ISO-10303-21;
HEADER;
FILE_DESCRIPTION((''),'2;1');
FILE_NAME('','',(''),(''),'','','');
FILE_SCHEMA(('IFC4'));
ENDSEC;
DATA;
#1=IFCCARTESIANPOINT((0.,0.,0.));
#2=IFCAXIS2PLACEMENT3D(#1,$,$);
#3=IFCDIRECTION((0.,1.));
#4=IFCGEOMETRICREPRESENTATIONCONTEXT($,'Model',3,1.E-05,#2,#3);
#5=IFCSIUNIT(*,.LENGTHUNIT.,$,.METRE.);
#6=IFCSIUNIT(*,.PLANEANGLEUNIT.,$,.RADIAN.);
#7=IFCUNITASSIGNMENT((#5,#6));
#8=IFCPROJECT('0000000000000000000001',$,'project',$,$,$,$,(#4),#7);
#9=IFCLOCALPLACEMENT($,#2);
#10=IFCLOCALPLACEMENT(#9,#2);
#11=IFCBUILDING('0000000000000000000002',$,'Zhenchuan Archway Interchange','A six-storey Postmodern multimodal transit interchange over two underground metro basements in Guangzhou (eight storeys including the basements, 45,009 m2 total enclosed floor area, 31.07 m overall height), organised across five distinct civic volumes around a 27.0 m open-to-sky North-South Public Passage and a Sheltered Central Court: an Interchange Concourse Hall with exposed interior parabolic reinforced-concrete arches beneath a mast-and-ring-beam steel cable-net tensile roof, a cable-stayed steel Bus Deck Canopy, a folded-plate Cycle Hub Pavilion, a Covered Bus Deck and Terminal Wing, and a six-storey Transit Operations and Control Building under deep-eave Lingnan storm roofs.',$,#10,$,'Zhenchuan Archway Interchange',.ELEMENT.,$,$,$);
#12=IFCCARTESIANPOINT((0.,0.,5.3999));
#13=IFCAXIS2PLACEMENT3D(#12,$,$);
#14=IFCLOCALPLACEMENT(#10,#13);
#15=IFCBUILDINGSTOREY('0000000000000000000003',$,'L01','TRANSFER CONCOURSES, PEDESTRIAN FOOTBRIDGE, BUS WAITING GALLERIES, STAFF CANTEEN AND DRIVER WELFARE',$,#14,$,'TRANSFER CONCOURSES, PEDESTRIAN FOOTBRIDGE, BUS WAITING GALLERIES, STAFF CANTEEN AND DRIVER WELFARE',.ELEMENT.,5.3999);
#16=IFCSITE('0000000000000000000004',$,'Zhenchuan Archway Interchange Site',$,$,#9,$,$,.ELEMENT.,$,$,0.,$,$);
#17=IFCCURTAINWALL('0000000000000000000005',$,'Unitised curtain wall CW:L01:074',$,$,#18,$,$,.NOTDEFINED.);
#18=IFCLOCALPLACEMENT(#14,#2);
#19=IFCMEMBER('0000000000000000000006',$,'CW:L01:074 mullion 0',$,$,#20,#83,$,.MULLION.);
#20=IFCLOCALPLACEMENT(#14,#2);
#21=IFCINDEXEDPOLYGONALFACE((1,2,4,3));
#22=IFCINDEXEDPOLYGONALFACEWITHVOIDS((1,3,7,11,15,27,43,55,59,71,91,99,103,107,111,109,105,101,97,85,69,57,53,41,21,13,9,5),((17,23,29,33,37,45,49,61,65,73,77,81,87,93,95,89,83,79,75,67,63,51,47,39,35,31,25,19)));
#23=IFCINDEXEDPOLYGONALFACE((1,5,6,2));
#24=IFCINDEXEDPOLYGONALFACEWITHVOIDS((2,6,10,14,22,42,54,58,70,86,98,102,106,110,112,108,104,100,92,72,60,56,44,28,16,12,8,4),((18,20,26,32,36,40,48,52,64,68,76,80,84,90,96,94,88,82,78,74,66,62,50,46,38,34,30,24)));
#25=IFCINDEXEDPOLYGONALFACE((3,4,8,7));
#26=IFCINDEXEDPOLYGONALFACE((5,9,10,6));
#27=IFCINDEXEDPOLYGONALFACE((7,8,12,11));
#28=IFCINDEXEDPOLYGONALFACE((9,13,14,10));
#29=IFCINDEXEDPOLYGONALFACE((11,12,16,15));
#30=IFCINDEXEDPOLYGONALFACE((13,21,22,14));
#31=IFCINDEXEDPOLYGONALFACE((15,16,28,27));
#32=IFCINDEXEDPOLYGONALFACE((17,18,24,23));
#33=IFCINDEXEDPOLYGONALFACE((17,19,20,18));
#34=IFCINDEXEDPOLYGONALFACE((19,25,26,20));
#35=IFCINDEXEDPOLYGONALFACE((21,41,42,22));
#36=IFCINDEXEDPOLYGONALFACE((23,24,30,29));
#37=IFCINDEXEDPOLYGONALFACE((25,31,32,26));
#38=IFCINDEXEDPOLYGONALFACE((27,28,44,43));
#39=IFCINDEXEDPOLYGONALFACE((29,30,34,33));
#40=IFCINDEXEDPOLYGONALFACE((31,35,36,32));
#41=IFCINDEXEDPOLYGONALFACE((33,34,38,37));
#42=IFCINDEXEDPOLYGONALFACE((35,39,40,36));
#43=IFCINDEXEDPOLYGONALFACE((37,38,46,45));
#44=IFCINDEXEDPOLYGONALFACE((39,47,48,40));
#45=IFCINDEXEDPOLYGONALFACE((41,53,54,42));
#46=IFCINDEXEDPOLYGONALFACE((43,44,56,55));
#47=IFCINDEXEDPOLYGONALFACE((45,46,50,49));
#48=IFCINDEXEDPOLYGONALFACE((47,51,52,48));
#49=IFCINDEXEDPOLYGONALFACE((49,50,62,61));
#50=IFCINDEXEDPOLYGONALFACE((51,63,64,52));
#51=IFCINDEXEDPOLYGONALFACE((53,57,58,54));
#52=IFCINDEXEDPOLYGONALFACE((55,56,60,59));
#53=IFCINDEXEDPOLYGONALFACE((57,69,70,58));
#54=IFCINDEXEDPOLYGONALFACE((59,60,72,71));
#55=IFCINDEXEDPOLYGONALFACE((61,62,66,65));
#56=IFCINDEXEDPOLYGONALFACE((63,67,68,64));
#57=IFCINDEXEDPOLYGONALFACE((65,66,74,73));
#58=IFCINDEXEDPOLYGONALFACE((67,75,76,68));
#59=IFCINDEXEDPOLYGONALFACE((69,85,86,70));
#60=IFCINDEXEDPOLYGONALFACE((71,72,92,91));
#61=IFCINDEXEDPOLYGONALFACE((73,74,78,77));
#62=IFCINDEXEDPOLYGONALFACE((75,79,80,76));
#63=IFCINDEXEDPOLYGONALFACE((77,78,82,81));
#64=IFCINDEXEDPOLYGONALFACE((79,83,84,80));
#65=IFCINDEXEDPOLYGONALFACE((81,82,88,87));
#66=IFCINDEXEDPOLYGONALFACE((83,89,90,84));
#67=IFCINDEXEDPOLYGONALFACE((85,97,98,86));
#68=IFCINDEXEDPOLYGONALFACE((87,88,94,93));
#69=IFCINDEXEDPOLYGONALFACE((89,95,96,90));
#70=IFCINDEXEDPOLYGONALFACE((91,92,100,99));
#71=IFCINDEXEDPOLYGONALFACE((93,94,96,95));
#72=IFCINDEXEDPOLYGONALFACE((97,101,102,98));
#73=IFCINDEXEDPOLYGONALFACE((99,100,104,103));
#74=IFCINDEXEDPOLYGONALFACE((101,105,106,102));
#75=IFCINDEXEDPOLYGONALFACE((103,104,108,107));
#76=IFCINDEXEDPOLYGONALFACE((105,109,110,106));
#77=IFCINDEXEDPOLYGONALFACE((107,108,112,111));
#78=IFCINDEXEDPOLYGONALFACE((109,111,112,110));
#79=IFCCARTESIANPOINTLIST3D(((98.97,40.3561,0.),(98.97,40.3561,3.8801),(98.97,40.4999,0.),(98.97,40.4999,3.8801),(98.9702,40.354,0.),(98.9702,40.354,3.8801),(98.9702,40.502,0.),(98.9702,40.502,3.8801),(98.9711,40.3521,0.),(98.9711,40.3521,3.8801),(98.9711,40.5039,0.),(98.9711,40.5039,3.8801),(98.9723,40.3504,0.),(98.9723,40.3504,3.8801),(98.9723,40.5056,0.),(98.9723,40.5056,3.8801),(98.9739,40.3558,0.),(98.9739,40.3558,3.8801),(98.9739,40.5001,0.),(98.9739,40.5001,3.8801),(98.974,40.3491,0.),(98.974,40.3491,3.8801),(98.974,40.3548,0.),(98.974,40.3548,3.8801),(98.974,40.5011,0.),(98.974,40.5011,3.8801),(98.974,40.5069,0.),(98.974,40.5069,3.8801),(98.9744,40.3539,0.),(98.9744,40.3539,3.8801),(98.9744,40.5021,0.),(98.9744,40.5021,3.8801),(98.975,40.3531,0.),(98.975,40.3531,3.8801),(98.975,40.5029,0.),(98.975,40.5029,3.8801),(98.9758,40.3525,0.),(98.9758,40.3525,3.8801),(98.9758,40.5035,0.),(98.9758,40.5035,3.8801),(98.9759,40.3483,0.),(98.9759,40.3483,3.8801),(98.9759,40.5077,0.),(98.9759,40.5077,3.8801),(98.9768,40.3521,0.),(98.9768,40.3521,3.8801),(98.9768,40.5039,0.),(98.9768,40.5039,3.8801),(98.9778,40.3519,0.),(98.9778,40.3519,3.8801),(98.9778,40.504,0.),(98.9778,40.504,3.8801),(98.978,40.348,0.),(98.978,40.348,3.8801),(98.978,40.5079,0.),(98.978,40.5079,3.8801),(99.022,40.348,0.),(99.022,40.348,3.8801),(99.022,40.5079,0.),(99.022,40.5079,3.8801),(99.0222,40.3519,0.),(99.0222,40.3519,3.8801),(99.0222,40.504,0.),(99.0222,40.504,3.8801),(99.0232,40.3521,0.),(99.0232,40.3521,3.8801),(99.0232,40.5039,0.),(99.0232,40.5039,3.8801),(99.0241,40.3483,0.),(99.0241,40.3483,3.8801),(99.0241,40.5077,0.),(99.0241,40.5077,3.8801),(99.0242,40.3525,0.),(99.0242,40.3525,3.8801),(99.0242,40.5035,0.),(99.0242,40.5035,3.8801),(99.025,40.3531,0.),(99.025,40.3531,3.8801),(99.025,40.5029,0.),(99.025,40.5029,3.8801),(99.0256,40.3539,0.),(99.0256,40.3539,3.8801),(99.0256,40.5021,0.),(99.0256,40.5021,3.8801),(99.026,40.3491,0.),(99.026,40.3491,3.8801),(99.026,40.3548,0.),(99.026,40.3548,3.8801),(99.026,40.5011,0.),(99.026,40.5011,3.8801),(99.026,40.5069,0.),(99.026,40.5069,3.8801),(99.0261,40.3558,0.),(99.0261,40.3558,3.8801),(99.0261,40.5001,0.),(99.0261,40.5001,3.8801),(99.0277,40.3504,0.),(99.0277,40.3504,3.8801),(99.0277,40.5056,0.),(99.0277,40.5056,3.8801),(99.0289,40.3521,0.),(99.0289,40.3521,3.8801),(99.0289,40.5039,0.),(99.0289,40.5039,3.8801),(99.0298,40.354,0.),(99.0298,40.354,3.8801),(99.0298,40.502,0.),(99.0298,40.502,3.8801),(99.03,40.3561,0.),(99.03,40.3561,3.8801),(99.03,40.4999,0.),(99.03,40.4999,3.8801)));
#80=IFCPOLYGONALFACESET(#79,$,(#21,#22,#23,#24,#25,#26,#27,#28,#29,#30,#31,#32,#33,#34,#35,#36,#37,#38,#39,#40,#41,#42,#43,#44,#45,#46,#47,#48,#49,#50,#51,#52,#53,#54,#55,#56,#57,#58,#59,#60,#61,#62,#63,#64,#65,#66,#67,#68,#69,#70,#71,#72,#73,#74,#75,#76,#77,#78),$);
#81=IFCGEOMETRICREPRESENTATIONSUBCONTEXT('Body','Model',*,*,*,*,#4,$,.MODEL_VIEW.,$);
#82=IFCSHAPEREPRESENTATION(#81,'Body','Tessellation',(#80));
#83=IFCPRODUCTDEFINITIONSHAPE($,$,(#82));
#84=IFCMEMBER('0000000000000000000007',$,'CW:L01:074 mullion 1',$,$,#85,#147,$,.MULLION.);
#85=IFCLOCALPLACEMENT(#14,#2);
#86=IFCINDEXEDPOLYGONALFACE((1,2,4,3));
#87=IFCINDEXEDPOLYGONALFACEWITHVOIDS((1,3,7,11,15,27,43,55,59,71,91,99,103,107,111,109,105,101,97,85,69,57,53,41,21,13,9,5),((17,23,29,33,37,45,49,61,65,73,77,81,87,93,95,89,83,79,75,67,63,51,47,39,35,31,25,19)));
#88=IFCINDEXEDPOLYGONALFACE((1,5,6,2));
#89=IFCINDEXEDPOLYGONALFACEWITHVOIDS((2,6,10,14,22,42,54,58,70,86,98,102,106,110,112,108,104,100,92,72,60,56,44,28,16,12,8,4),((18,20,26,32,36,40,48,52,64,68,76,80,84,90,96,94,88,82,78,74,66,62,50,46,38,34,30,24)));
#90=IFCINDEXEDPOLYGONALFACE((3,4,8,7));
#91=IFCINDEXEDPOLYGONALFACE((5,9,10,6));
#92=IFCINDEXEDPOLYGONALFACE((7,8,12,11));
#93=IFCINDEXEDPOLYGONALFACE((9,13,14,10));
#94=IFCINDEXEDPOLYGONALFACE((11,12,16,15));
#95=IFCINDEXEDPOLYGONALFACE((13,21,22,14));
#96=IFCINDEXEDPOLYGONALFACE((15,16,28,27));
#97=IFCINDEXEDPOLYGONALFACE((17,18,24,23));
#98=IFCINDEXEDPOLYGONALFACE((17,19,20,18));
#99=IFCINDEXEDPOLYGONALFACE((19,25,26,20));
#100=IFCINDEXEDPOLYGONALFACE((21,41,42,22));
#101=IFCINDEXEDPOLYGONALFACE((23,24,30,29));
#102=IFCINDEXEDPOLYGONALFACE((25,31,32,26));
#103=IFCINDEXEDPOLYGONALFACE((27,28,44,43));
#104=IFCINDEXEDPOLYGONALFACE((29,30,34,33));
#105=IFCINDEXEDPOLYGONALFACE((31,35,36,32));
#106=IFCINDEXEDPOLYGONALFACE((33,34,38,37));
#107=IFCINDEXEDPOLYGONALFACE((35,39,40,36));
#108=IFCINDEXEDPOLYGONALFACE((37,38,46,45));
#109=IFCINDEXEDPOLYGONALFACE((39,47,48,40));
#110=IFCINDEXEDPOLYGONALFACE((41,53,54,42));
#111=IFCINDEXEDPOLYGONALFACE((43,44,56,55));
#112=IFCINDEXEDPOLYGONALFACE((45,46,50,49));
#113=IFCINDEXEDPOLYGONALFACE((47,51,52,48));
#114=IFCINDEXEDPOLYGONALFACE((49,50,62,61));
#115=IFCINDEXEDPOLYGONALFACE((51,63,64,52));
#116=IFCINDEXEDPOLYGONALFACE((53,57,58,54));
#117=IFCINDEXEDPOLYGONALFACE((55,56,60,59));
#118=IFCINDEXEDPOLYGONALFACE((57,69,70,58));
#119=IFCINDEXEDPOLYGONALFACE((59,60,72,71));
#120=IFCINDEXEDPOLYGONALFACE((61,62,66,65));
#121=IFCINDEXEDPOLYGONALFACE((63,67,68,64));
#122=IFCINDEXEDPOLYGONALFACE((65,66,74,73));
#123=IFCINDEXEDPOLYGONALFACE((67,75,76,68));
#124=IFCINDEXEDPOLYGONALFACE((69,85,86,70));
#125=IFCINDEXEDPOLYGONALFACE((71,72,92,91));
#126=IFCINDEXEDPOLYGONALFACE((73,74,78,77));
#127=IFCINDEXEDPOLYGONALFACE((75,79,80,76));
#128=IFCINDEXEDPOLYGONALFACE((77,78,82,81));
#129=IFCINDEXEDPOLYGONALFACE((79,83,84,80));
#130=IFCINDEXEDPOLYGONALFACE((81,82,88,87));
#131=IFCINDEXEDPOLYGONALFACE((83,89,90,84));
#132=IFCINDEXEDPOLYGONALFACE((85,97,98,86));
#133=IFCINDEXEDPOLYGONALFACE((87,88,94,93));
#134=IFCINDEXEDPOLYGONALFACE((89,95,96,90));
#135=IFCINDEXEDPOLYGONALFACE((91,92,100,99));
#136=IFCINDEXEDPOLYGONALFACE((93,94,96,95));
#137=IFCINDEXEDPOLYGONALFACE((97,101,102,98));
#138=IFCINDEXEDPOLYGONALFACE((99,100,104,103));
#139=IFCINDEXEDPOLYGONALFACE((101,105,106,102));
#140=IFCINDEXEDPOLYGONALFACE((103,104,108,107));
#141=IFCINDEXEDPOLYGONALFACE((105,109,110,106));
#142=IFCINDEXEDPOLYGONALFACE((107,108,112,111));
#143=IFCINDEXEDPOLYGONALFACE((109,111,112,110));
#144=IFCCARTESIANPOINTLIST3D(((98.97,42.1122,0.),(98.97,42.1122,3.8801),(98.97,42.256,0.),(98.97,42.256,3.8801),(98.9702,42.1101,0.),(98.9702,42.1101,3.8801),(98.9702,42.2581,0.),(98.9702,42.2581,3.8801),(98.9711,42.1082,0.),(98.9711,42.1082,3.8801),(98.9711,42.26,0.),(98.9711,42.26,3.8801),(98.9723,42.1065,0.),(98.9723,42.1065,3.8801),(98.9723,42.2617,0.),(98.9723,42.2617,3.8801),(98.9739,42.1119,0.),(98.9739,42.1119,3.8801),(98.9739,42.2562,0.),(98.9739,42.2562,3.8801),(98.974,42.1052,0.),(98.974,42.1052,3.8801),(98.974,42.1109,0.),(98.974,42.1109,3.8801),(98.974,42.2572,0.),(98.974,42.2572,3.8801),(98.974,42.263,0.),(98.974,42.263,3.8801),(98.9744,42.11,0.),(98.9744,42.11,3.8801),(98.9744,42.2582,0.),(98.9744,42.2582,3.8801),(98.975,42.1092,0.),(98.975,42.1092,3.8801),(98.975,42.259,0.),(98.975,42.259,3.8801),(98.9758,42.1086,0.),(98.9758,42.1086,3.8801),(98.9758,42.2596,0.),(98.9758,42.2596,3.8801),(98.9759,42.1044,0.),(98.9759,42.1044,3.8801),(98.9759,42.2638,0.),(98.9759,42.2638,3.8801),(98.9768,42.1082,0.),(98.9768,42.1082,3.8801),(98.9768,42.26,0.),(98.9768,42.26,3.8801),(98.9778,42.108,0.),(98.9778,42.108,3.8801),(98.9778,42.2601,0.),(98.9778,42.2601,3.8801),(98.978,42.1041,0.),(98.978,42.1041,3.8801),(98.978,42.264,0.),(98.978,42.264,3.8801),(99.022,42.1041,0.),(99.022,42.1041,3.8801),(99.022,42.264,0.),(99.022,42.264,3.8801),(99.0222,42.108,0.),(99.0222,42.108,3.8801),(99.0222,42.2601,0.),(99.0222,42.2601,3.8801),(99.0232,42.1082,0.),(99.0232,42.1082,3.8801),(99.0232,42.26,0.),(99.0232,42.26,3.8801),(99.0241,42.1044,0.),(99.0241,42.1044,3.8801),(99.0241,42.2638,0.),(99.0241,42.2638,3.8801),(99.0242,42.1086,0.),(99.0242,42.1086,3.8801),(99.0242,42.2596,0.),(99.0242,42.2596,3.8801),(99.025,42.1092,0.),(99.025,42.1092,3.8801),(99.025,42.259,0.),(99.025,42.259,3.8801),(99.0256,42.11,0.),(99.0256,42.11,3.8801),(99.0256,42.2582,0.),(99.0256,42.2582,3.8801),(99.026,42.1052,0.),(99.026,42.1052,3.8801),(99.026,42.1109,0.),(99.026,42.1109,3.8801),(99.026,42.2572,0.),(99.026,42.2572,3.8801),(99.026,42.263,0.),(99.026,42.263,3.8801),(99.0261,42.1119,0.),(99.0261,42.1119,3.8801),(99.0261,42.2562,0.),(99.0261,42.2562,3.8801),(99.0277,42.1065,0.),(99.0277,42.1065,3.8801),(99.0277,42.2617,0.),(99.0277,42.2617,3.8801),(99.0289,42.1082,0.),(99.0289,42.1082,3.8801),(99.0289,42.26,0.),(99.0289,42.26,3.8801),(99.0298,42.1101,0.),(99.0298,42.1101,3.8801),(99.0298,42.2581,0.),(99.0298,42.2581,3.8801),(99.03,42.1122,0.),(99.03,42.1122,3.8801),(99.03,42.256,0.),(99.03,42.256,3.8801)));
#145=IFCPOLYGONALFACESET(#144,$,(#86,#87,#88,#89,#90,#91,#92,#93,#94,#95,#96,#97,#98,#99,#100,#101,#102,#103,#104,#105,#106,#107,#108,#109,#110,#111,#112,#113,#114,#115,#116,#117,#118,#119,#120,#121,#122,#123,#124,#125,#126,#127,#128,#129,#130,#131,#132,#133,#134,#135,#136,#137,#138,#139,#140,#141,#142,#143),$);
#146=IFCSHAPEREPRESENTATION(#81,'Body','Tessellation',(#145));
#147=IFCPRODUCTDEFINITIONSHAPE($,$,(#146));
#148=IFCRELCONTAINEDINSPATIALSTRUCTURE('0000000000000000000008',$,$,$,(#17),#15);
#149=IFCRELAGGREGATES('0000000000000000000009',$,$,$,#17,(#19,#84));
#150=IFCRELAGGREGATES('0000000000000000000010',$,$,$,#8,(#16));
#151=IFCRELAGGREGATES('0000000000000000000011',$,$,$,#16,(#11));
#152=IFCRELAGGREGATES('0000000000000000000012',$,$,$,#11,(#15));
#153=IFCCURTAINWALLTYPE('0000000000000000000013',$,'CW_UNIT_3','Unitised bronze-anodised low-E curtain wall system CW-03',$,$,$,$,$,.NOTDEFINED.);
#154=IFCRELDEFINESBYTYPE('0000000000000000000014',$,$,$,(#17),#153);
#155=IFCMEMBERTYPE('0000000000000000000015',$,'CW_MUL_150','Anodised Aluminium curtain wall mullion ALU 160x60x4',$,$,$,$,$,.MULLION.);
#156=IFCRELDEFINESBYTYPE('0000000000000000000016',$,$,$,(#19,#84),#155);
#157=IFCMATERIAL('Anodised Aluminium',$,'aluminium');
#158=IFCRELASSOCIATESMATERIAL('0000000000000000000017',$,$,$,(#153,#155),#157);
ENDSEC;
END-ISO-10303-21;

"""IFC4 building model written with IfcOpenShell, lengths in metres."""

from ifc_helpers import new_model, si_unit, direction, frame, origin, origin_2d, place, context, subcontext, project, spatial, hollow_rectangle, extrude, material, material_profile, profile_set, type_object, element, aggregate, save


model = new_model("IFC4")

# Units and contexts
model_context = context("Model", 3, precision=1e-05, world=origin(), true_north=direction((0.0, 1.0)))
body_context = subcontext(model_context, "Body", "Model", "MODEL_VIEW")
ifc_project = project(units=[si_unit("LENGTHUNIT", "METRE"), si_unit("PLANEANGLEUNIT", "RADIAN")], contexts=[model_context])

# Site, building, storey
site_placement = place(None, origin())
site = spatial("IfcSite", under=ifc_project, at=site_placement, Name="Zhenchuan Archway Interchange Site", CompositionType="ELEMENT", RefElevation=0.0)
building_placement = place(site_placement, origin())
building = spatial("IfcBuilding", under=site, at=building_placement, Name="Zhenchuan Archway Interchange", Description="A six-storey Postmodern multimodal transit interchange over two underground metro basements in Guangzhou (eight storeys including the basements, 45,009 m2 total enclosed floor area, 31.07 m overall height), organised across five distinct civic volumes around a 27.0 m open-to-sky North-South Public Passage and a Sheltered Central Court: an Interchange Concourse Hall with exposed interior parabolic reinforced-concrete arches beneath a mast-and-ring-beam steel cable-net tensile roof, a cable-stayed steel Bus Deck Canopy, a folded-plate Cycle Hub Pavilion, a Covered Bus Deck and Terminal Wing, and a six-storey Transit Operations and Control Building under deep-eave Lingnan storm roofs.", LongName="Zhenchuan Archway Interchange", CompositionType="ELEMENT")
storey_placement = place(building_placement, frame((0.0, 0.0, 5.3999)))
storey = spatial("IfcBuildingStorey", under=building, at=storey_placement, Name="L01", Description="TRANSFER CONCOURSES, PEDESTRIAN FOOTBRIDGE, BUS WAITING GALLERIES, STAFF CANTEEN AND DRIVER WELFARE", LongName="TRANSFER CONCOURSES, PEDESTRIAN FOOTBRIDGE, BUS WAITING GALLERIES, STAFF CANTEEN AND DRIVER WELFARE", CompositionType="ELEMENT", Elevation=5.3999)

# Curtain wall, members
ifc_material_1 = material(Name="Anodised Aluminium", Category="aluminium")
curtain_wall_type_1 = type_object("IfcCurtainWallType", Name="CW_UNIT_3", Description="Unitised bronze-anodised low-E curtain wall system CW-03", PredefinedType="NOTDEFINED", material=ifc_material_1)
curtain_wall_1_placement = place(storey_placement, origin())
curtain_wall_1 = element("IfcCurtainWall", 1, at=curtain_wall_1_placement, inside=storey, type_object=curtain_wall_type_1, Name="Unitised curtain wall CW:L01:074", PredefinedType="NOTDEFINED")
ifc_material_profile_1 = material_profile(ifc_material_1, hollow_rectangle(XDim=0.0601, YDim=0.1599, WallThickness=0.0039, InnerFilletRadius=0.0039, OuterFilletRadius=0.0081, at=origin_2d()), Name="ALU 160x60x4")
ifc_profile_set_1 = profile_set([ifc_material_profile_1], Name="Anodised Aluminium")
member_type_1 = type_object("IfcMemberType", Name="CW_MUL_150", Description="Anodised Aluminium curtain wall mullion ALU 160x60x4", PredefinedType="MULLION", material=ifc_profile_set_1)
member_1_placement = place(storey_placement, frame((99.0, 40.428, 0.0), z_axis=(0.0, 0.0, 1.0), x_axis=(1.0, 0.0, 0.0)))
member_1 = element("IfcMember", 2, at=member_1_placement, type_object=member_type_1, Name="CW:L01:074 mullion 0", PredefinedType="MULLION", context=body_context, shape_type="SweptSolid", body=[
    extrude(hollow_rectangle(XDim=0.0601, YDim=0.1599, WallThickness=0.0039, InnerFilletRadius=0.0039, OuterFilletRadius=0.0081, at=origin_2d()), origin(), (0.0, 0.0, 1.0), 3.8801),
])
member_2_placement = place(storey_placement, frame((99.0, 42.1841, 0.0), z_axis=(0.0, 0.0, 1.0), x_axis=(1.0, 0.0, 0.0)))
member_2 = element("IfcMember", 3, at=member_2_placement, type_object=member_type_1, Name="CW:L01:074 mullion 1", PredefinedType="MULLION", context=body_context, shape_type="SweptSolid", body=[
    extrude(hollow_rectangle(XDim=0.0601, YDim=0.1599, WallThickness=0.0039, InnerFilletRadius=0.0039, OuterFilletRadius=0.0081, at=origin_2d()), origin(), (0.0, 0.0, 1.0), 3.8801),
])

aggregate(curtain_wall_1, [member_1, member_2])

save(model, "model.ifc")
